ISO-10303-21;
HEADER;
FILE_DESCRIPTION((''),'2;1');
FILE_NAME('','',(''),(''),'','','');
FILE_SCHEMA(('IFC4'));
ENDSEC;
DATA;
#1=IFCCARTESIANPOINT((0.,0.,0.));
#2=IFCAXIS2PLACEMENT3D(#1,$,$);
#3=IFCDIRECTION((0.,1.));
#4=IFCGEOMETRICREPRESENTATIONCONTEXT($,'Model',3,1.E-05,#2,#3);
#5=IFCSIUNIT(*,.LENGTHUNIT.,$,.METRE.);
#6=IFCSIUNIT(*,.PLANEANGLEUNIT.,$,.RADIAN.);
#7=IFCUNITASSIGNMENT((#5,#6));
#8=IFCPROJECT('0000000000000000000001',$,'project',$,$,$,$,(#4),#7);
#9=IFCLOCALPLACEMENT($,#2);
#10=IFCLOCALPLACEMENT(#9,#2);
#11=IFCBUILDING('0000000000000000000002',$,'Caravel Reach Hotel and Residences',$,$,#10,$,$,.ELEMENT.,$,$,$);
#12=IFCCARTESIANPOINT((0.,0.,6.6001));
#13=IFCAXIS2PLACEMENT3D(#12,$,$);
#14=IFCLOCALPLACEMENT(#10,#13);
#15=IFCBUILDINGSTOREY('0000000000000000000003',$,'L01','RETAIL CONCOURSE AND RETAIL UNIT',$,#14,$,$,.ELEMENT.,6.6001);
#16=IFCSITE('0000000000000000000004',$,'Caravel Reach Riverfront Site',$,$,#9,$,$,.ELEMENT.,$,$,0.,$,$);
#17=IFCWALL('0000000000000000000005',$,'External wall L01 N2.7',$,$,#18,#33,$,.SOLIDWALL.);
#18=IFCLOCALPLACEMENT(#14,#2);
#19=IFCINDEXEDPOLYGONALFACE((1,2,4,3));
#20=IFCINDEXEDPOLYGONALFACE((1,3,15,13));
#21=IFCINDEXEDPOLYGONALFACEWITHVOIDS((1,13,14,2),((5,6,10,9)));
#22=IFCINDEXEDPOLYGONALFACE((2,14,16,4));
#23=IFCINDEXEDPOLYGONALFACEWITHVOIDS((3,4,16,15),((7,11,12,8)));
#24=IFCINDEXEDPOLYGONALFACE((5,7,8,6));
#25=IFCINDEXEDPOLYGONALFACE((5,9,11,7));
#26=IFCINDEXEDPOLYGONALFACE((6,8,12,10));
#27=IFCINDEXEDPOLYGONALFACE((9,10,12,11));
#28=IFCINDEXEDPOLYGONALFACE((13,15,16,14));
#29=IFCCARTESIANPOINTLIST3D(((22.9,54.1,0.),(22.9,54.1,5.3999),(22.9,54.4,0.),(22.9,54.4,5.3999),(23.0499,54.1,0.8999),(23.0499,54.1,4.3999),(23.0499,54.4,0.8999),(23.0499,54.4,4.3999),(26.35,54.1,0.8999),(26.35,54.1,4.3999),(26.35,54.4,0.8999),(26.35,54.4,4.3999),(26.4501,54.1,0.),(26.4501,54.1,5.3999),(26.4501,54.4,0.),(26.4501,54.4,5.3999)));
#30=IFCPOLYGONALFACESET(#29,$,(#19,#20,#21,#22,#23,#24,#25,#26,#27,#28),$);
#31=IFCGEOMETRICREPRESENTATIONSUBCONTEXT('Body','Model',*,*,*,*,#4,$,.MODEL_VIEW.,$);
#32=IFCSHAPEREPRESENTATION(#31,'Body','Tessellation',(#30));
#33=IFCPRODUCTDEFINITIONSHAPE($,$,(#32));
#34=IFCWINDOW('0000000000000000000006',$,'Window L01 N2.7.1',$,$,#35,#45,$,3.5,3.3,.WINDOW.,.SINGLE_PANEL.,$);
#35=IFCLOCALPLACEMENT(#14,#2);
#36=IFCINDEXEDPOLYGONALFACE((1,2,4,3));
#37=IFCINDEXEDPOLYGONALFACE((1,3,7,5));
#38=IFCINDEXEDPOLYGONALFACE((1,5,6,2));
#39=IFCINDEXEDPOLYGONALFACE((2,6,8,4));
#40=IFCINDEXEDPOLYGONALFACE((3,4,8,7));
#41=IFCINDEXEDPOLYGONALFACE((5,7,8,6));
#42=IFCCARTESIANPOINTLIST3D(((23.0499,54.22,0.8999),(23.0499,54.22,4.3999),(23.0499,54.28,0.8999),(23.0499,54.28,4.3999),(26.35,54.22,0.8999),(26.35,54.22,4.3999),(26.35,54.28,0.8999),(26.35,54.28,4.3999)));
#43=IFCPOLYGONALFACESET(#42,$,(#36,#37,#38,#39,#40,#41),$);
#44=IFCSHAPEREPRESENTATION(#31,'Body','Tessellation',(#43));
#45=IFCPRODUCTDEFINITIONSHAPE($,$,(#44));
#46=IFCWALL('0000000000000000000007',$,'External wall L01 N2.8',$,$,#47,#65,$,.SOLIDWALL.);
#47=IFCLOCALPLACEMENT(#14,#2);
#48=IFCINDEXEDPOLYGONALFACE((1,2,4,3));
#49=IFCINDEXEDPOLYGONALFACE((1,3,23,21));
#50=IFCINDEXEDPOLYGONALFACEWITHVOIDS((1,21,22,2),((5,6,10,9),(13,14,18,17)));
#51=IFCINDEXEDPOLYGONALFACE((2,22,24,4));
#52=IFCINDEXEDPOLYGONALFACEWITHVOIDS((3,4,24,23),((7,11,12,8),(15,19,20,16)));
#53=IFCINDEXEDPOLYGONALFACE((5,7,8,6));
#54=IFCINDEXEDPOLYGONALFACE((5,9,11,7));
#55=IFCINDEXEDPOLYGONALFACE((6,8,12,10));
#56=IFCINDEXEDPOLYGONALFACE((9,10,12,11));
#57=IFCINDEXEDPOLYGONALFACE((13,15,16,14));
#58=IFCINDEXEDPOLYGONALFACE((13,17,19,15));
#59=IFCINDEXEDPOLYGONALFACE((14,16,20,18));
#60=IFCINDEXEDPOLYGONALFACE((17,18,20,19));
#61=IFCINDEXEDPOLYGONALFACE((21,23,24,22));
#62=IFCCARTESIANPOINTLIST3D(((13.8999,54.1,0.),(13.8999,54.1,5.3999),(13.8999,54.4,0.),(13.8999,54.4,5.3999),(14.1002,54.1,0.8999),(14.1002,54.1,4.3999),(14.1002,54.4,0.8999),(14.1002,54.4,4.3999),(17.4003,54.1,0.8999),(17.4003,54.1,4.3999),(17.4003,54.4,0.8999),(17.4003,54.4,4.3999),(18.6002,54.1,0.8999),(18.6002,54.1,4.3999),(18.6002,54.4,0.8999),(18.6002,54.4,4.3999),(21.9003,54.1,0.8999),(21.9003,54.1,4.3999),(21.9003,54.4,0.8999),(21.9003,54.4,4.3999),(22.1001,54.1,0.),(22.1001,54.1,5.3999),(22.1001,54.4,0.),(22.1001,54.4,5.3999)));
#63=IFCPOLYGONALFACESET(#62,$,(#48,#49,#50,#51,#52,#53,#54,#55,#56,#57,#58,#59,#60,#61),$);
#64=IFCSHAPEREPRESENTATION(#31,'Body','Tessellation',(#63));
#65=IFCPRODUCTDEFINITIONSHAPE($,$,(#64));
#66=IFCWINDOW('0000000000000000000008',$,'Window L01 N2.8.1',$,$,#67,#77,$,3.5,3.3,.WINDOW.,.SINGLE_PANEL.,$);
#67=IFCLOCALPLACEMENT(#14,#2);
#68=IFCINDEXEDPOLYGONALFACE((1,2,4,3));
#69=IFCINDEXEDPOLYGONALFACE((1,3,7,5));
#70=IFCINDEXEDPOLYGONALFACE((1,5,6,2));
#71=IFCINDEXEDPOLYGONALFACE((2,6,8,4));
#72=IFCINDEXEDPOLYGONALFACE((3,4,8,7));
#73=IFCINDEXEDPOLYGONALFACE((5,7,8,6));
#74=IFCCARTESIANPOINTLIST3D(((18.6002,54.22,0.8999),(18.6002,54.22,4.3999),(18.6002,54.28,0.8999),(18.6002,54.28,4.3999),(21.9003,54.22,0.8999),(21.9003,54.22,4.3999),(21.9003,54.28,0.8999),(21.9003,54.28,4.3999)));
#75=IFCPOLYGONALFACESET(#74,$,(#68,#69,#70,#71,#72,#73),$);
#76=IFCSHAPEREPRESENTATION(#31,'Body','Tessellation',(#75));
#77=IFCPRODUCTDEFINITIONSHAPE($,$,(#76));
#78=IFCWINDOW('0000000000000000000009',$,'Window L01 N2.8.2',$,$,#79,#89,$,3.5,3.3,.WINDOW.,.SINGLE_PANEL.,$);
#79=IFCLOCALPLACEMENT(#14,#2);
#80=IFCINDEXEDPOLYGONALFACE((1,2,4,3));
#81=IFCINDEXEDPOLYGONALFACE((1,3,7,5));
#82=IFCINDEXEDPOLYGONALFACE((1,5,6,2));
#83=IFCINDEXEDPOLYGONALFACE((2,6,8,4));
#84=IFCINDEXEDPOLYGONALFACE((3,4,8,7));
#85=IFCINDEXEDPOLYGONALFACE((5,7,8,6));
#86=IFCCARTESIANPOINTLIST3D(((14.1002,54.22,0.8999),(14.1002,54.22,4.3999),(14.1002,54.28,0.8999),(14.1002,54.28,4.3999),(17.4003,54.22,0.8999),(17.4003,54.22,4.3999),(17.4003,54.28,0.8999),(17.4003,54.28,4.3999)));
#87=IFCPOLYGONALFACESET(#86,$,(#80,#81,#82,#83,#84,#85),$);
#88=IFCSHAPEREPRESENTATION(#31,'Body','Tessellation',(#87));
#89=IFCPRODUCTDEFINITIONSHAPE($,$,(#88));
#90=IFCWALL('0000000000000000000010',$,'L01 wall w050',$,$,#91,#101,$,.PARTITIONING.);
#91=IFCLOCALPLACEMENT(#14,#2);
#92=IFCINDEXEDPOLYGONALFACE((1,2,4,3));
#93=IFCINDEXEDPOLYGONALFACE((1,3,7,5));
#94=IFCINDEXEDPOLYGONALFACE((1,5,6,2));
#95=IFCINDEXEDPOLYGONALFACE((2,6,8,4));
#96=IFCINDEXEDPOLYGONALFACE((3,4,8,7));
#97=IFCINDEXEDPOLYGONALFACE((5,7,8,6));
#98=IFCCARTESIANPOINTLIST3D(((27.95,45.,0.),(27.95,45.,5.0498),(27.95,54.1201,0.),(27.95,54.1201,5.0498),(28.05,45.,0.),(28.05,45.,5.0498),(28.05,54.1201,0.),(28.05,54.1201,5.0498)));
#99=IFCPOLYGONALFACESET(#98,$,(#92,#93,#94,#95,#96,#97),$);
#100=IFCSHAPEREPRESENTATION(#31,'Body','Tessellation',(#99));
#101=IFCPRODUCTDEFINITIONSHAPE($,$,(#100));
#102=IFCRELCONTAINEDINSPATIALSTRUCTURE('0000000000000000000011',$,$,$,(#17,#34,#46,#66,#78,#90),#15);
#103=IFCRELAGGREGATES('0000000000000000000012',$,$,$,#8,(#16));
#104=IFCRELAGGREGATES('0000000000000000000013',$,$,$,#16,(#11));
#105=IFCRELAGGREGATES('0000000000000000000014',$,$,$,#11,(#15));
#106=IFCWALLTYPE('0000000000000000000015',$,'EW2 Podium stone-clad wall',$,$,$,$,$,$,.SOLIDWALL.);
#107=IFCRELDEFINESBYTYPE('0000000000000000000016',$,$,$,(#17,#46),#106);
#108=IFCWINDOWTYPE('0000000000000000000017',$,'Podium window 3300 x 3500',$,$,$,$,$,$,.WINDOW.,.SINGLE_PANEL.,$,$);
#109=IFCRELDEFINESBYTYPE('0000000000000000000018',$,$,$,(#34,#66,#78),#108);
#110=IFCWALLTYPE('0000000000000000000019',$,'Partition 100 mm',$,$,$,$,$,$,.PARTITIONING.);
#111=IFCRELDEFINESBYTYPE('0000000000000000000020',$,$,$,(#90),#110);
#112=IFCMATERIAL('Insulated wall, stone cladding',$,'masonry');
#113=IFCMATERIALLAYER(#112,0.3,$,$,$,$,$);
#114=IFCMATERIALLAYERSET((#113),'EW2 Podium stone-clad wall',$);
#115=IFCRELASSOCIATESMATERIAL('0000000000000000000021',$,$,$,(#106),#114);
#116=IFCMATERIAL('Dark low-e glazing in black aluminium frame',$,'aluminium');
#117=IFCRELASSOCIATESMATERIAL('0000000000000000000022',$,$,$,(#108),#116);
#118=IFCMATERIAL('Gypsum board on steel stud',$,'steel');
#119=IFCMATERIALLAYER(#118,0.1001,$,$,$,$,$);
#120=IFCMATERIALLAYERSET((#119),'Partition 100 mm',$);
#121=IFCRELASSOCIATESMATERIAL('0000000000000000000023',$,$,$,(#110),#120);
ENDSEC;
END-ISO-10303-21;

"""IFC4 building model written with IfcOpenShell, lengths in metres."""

from ifc_helpers import new_model, si_unit, direction, frame, frame_2d, origin, place, context, subcontext, project, spatial, rectangle, extrude, material, layer, layer_set, type_object, element, fill, save


model = new_model("IFC4")

# Units and contexts
model_context = context("Model", 3, precision=1e-05, world=origin(), true_north=direction((0.0, 1.0)))
body_context = subcontext(model_context, "Body", "Model", "MODEL_VIEW")
ifc_project = project(units=[si_unit("LENGTHUNIT", "METRE"), si_unit("PLANEANGLEUNIT", "RADIAN")], contexts=[model_context])

# Site, building, storey
site_placement = place(None, origin())
site = spatial("IfcSite", under=ifc_project, at=site_placement, Name="Caravel Reach Riverfront Site", CompositionType="ELEMENT", RefElevation=0.0)
building_placement = place(site_placement, origin())
building = spatial("IfcBuilding", under=site, at=building_placement, Name="Caravel Reach Hotel and Residences", CompositionType="ELEMENT")
storey_placement = place(building_placement, frame((0.0, 0.0, 6.6001)))
storey = spatial("IfcBuildingStorey", under=building, at=storey_placement, Name="L01", Description="RETAIL CONCOURSE AND RETAIL UNIT", CompositionType="ELEMENT", Elevation=6.6001)

# Wall, opening, window
ifc_material_1 = material(Name="Insulated wall, stone cladding", Category="masonry")
ifc_layer_1 = layer(ifc_material_1, 0.3)
ifc_layer_set_1 = layer_set([ifc_layer_1], Name="EW2 Podium stone-clad wall")
wall_type_1 = type_object("IfcWallType", Name="EW2 Podium stone-clad wall", PredefinedType="SOLIDWALL", material=ifc_layer_set_1)
ifc_material_2 = material(Name="Dark low-e glazing in black aluminium frame", Category="aluminium")
window_type = type_object("IfcWindowType", Name="Podium window 3300 x 3500", PartitioningType="SINGLE_PANEL", PredefinedType="WINDOW", material=ifc_material_2)
wall_1_placement = place(storey_placement, frame((26.45, 54.25, 0.0), z_axis=(0.0, 0.0, 1.0), x_axis=(-1.0, 0.0, 0.0)))
wall_1 = element("IfcWall", 1, at=wall_1_placement, inside=storey, type_object=wall_type_1, Name="External wall L01 N2.7", PredefinedType="SOLIDWALL", context=body_context, shape_type="SweptSolid", body=[
    extrude(rectangle(XDim=3.55, YDim=0.3, at=frame_2d((1.7749, 0.0))), origin(), (0.0, 0.0, 1.0), 5.3999),
])
opening_1_placement = place(wall_1_placement, frame((0.1001, 0.0, 0.8999)))
opening_1 = element("IfcOpeningElement", 2, at=opening_1_placement, cuts=wall_1, PredefinedType="OPENING", context=body_context, shape_type="SweptSolid", body=[
    extrude(rectangle(XDim=3.3, YDim=3.5, at=frame_2d((1.6499, 1.75))), frame((0.0, 0.1599, 0.0), z_axis=(0.0, -1.0, 0.0), x_axis=(1.0, 0.0, 0.0)), (0.0, 0.0, 1.0), 0.3201),
])
window_1_placement = place(opening_1_placement, origin())
window_1 = element("IfcWindow", 3, at=window_1_placement, inside=storey, type_object=window_type, Name="Window L01 N2.7.1", OverallHeight=3.5, OverallWidth=3.3, PartitioningType="SINGLE_PANEL", PredefinedType="WINDOW", context=body_context, shape_type="SweptSolid", body=[
    extrude(rectangle(XDim=3.3, YDim=3.5, at=frame_2d((1.6499, 1.75))), frame((0.0, 0.03, 0.0), z_axis=(0.0, -1.0, 0.0), x_axis=(1.0, 0.0, 0.0)), (0.0, 0.0, 1.0), 0.0601),
])
fill(opening_1, window_1)

# Wall, openings, windows
wall_2_placement = place(storey_placement, frame((22.1001, 54.25, 0.0), z_axis=(0.0, 0.0, 1.0), x_axis=(-1.0, 0.0, 0.0)))
wall_2 = element("IfcWall", 4, at=wall_2_placement, inside=storey, type_object=wall_type_1, Name="External wall L01 N2.8", PredefinedType="SOLIDWALL", context=body_context, shape_type="SweptSolid", body=[
    extrude(rectangle(XDim=8.2002, YDim=0.3, at=frame_2d((4.1001, 0.0))), origin(), (0.0, 0.0, 1.0), 5.3999),
])
opening_2_placement = place(wall_2_placement, frame((0.2, 0.0, 0.8999)))
opening_2 = element("IfcOpeningElement", 5, at=opening_2_placement, cuts=wall_2, PredefinedType="OPENING", context=body_context, shape_type="SweptSolid", body=[
    extrude(rectangle(XDim=3.3, YDim=3.5, at=frame_2d((1.6499, 1.75))), frame((0.0, 0.1599, 0.0), z_axis=(0.0, -1.0, 0.0), x_axis=(1.0, 0.0, 0.0)), (0.0, 0.0, 1.0), 0.3201),
])
opening_3_placement = place(wall_2_placement, frame((4.7, 0.0, 0.8999)))
opening_3 = element("IfcOpeningElement", 6, at=opening_3_placement, cuts=wall_2, PredefinedType="OPENING", context=body_context, shape_type="SweptSolid", body=[
    extrude(rectangle(XDim=3.3, YDim=3.5, at=frame_2d((1.6499, 1.75))), frame((0.0, 0.1599, 0.0), z_axis=(0.0, -1.0, 0.0), x_axis=(1.0, 0.0, 0.0)), (0.0, 0.0, 1.0), 0.3201),
])
window_2_placement = place(opening_2_placement, origin())
window_2 = element("IfcWindow", 7, at=window_2_placement, inside=storey, type_object=window_type, Name="Window L01 N2.8.1", OverallHeight=3.5, OverallWidth=3.3, PartitioningType="SINGLE_PANEL", PredefinedType="WINDOW", context=body_context, shape_type="SweptSolid", body=[
    extrude(rectangle(XDim=3.3, YDim=3.5, at=frame_2d((1.6499, 1.75))), frame((0.0, 0.03, 0.0), z_axis=(0.0, -1.0, 0.0), x_axis=(1.0, 0.0, 0.0)), (0.0, 0.0, 1.0), 0.0601),
])
fill(opening_2, window_2)
window_3_placement = place(opening_3_placement, origin())
window_3 = element("IfcWindow", 8, at=window_3_placement, inside=storey, type_object=window_type, Name="Window L01 N2.8.2", OverallHeight=3.5, OverallWidth=3.3, PartitioningType="SINGLE_PANEL", PredefinedType="WINDOW", context=body_context, shape_type="SweptSolid", body=[
    extrude(rectangle(XDim=3.3, YDim=3.5, at=frame_2d((1.6499, 1.75))), frame((0.0, 0.03, 0.0), z_axis=(0.0, -1.0, 0.0), x_axis=(1.0, 0.0, 0.0)), (0.0, 0.0, 1.0), 0.0601),
])
fill(opening_3, window_3)

# Wall
ifc_material_3 = material(Name="Gypsum board on steel stud", Category="steel")
ifc_layer_2 = layer(ifc_material_3, 0.1001)
ifc_layer_set_2 = layer_set([ifc_layer_2], Name="Partition 100 mm")
wall_type_2 = type_object("IfcWallType", Name="Partition 100 mm", PredefinedType="PARTITIONING", material=ifc_layer_set_2)
wall_3_placement = place(storey_placement, frame((28.0, 45.0, 0.0), z_axis=(0.0, 0.0, 1.0), x_axis=(0.0, 1.0, 0.0)))
element("IfcWall", 9, at=wall_3_placement, inside=storey, type_object=wall_type_2, Name="L01 wall w050", PredefinedType="PARTITIONING", context=body_context, shape_type="SweptSolid", body=[
    extrude(rectangle(XDim=9.1201, YDim=0.1001, at=frame_2d((4.5601, 0.0))), origin(), (0.0, 0.0, 1.0), 5.0498),
])

save(model, "model.ifc")
